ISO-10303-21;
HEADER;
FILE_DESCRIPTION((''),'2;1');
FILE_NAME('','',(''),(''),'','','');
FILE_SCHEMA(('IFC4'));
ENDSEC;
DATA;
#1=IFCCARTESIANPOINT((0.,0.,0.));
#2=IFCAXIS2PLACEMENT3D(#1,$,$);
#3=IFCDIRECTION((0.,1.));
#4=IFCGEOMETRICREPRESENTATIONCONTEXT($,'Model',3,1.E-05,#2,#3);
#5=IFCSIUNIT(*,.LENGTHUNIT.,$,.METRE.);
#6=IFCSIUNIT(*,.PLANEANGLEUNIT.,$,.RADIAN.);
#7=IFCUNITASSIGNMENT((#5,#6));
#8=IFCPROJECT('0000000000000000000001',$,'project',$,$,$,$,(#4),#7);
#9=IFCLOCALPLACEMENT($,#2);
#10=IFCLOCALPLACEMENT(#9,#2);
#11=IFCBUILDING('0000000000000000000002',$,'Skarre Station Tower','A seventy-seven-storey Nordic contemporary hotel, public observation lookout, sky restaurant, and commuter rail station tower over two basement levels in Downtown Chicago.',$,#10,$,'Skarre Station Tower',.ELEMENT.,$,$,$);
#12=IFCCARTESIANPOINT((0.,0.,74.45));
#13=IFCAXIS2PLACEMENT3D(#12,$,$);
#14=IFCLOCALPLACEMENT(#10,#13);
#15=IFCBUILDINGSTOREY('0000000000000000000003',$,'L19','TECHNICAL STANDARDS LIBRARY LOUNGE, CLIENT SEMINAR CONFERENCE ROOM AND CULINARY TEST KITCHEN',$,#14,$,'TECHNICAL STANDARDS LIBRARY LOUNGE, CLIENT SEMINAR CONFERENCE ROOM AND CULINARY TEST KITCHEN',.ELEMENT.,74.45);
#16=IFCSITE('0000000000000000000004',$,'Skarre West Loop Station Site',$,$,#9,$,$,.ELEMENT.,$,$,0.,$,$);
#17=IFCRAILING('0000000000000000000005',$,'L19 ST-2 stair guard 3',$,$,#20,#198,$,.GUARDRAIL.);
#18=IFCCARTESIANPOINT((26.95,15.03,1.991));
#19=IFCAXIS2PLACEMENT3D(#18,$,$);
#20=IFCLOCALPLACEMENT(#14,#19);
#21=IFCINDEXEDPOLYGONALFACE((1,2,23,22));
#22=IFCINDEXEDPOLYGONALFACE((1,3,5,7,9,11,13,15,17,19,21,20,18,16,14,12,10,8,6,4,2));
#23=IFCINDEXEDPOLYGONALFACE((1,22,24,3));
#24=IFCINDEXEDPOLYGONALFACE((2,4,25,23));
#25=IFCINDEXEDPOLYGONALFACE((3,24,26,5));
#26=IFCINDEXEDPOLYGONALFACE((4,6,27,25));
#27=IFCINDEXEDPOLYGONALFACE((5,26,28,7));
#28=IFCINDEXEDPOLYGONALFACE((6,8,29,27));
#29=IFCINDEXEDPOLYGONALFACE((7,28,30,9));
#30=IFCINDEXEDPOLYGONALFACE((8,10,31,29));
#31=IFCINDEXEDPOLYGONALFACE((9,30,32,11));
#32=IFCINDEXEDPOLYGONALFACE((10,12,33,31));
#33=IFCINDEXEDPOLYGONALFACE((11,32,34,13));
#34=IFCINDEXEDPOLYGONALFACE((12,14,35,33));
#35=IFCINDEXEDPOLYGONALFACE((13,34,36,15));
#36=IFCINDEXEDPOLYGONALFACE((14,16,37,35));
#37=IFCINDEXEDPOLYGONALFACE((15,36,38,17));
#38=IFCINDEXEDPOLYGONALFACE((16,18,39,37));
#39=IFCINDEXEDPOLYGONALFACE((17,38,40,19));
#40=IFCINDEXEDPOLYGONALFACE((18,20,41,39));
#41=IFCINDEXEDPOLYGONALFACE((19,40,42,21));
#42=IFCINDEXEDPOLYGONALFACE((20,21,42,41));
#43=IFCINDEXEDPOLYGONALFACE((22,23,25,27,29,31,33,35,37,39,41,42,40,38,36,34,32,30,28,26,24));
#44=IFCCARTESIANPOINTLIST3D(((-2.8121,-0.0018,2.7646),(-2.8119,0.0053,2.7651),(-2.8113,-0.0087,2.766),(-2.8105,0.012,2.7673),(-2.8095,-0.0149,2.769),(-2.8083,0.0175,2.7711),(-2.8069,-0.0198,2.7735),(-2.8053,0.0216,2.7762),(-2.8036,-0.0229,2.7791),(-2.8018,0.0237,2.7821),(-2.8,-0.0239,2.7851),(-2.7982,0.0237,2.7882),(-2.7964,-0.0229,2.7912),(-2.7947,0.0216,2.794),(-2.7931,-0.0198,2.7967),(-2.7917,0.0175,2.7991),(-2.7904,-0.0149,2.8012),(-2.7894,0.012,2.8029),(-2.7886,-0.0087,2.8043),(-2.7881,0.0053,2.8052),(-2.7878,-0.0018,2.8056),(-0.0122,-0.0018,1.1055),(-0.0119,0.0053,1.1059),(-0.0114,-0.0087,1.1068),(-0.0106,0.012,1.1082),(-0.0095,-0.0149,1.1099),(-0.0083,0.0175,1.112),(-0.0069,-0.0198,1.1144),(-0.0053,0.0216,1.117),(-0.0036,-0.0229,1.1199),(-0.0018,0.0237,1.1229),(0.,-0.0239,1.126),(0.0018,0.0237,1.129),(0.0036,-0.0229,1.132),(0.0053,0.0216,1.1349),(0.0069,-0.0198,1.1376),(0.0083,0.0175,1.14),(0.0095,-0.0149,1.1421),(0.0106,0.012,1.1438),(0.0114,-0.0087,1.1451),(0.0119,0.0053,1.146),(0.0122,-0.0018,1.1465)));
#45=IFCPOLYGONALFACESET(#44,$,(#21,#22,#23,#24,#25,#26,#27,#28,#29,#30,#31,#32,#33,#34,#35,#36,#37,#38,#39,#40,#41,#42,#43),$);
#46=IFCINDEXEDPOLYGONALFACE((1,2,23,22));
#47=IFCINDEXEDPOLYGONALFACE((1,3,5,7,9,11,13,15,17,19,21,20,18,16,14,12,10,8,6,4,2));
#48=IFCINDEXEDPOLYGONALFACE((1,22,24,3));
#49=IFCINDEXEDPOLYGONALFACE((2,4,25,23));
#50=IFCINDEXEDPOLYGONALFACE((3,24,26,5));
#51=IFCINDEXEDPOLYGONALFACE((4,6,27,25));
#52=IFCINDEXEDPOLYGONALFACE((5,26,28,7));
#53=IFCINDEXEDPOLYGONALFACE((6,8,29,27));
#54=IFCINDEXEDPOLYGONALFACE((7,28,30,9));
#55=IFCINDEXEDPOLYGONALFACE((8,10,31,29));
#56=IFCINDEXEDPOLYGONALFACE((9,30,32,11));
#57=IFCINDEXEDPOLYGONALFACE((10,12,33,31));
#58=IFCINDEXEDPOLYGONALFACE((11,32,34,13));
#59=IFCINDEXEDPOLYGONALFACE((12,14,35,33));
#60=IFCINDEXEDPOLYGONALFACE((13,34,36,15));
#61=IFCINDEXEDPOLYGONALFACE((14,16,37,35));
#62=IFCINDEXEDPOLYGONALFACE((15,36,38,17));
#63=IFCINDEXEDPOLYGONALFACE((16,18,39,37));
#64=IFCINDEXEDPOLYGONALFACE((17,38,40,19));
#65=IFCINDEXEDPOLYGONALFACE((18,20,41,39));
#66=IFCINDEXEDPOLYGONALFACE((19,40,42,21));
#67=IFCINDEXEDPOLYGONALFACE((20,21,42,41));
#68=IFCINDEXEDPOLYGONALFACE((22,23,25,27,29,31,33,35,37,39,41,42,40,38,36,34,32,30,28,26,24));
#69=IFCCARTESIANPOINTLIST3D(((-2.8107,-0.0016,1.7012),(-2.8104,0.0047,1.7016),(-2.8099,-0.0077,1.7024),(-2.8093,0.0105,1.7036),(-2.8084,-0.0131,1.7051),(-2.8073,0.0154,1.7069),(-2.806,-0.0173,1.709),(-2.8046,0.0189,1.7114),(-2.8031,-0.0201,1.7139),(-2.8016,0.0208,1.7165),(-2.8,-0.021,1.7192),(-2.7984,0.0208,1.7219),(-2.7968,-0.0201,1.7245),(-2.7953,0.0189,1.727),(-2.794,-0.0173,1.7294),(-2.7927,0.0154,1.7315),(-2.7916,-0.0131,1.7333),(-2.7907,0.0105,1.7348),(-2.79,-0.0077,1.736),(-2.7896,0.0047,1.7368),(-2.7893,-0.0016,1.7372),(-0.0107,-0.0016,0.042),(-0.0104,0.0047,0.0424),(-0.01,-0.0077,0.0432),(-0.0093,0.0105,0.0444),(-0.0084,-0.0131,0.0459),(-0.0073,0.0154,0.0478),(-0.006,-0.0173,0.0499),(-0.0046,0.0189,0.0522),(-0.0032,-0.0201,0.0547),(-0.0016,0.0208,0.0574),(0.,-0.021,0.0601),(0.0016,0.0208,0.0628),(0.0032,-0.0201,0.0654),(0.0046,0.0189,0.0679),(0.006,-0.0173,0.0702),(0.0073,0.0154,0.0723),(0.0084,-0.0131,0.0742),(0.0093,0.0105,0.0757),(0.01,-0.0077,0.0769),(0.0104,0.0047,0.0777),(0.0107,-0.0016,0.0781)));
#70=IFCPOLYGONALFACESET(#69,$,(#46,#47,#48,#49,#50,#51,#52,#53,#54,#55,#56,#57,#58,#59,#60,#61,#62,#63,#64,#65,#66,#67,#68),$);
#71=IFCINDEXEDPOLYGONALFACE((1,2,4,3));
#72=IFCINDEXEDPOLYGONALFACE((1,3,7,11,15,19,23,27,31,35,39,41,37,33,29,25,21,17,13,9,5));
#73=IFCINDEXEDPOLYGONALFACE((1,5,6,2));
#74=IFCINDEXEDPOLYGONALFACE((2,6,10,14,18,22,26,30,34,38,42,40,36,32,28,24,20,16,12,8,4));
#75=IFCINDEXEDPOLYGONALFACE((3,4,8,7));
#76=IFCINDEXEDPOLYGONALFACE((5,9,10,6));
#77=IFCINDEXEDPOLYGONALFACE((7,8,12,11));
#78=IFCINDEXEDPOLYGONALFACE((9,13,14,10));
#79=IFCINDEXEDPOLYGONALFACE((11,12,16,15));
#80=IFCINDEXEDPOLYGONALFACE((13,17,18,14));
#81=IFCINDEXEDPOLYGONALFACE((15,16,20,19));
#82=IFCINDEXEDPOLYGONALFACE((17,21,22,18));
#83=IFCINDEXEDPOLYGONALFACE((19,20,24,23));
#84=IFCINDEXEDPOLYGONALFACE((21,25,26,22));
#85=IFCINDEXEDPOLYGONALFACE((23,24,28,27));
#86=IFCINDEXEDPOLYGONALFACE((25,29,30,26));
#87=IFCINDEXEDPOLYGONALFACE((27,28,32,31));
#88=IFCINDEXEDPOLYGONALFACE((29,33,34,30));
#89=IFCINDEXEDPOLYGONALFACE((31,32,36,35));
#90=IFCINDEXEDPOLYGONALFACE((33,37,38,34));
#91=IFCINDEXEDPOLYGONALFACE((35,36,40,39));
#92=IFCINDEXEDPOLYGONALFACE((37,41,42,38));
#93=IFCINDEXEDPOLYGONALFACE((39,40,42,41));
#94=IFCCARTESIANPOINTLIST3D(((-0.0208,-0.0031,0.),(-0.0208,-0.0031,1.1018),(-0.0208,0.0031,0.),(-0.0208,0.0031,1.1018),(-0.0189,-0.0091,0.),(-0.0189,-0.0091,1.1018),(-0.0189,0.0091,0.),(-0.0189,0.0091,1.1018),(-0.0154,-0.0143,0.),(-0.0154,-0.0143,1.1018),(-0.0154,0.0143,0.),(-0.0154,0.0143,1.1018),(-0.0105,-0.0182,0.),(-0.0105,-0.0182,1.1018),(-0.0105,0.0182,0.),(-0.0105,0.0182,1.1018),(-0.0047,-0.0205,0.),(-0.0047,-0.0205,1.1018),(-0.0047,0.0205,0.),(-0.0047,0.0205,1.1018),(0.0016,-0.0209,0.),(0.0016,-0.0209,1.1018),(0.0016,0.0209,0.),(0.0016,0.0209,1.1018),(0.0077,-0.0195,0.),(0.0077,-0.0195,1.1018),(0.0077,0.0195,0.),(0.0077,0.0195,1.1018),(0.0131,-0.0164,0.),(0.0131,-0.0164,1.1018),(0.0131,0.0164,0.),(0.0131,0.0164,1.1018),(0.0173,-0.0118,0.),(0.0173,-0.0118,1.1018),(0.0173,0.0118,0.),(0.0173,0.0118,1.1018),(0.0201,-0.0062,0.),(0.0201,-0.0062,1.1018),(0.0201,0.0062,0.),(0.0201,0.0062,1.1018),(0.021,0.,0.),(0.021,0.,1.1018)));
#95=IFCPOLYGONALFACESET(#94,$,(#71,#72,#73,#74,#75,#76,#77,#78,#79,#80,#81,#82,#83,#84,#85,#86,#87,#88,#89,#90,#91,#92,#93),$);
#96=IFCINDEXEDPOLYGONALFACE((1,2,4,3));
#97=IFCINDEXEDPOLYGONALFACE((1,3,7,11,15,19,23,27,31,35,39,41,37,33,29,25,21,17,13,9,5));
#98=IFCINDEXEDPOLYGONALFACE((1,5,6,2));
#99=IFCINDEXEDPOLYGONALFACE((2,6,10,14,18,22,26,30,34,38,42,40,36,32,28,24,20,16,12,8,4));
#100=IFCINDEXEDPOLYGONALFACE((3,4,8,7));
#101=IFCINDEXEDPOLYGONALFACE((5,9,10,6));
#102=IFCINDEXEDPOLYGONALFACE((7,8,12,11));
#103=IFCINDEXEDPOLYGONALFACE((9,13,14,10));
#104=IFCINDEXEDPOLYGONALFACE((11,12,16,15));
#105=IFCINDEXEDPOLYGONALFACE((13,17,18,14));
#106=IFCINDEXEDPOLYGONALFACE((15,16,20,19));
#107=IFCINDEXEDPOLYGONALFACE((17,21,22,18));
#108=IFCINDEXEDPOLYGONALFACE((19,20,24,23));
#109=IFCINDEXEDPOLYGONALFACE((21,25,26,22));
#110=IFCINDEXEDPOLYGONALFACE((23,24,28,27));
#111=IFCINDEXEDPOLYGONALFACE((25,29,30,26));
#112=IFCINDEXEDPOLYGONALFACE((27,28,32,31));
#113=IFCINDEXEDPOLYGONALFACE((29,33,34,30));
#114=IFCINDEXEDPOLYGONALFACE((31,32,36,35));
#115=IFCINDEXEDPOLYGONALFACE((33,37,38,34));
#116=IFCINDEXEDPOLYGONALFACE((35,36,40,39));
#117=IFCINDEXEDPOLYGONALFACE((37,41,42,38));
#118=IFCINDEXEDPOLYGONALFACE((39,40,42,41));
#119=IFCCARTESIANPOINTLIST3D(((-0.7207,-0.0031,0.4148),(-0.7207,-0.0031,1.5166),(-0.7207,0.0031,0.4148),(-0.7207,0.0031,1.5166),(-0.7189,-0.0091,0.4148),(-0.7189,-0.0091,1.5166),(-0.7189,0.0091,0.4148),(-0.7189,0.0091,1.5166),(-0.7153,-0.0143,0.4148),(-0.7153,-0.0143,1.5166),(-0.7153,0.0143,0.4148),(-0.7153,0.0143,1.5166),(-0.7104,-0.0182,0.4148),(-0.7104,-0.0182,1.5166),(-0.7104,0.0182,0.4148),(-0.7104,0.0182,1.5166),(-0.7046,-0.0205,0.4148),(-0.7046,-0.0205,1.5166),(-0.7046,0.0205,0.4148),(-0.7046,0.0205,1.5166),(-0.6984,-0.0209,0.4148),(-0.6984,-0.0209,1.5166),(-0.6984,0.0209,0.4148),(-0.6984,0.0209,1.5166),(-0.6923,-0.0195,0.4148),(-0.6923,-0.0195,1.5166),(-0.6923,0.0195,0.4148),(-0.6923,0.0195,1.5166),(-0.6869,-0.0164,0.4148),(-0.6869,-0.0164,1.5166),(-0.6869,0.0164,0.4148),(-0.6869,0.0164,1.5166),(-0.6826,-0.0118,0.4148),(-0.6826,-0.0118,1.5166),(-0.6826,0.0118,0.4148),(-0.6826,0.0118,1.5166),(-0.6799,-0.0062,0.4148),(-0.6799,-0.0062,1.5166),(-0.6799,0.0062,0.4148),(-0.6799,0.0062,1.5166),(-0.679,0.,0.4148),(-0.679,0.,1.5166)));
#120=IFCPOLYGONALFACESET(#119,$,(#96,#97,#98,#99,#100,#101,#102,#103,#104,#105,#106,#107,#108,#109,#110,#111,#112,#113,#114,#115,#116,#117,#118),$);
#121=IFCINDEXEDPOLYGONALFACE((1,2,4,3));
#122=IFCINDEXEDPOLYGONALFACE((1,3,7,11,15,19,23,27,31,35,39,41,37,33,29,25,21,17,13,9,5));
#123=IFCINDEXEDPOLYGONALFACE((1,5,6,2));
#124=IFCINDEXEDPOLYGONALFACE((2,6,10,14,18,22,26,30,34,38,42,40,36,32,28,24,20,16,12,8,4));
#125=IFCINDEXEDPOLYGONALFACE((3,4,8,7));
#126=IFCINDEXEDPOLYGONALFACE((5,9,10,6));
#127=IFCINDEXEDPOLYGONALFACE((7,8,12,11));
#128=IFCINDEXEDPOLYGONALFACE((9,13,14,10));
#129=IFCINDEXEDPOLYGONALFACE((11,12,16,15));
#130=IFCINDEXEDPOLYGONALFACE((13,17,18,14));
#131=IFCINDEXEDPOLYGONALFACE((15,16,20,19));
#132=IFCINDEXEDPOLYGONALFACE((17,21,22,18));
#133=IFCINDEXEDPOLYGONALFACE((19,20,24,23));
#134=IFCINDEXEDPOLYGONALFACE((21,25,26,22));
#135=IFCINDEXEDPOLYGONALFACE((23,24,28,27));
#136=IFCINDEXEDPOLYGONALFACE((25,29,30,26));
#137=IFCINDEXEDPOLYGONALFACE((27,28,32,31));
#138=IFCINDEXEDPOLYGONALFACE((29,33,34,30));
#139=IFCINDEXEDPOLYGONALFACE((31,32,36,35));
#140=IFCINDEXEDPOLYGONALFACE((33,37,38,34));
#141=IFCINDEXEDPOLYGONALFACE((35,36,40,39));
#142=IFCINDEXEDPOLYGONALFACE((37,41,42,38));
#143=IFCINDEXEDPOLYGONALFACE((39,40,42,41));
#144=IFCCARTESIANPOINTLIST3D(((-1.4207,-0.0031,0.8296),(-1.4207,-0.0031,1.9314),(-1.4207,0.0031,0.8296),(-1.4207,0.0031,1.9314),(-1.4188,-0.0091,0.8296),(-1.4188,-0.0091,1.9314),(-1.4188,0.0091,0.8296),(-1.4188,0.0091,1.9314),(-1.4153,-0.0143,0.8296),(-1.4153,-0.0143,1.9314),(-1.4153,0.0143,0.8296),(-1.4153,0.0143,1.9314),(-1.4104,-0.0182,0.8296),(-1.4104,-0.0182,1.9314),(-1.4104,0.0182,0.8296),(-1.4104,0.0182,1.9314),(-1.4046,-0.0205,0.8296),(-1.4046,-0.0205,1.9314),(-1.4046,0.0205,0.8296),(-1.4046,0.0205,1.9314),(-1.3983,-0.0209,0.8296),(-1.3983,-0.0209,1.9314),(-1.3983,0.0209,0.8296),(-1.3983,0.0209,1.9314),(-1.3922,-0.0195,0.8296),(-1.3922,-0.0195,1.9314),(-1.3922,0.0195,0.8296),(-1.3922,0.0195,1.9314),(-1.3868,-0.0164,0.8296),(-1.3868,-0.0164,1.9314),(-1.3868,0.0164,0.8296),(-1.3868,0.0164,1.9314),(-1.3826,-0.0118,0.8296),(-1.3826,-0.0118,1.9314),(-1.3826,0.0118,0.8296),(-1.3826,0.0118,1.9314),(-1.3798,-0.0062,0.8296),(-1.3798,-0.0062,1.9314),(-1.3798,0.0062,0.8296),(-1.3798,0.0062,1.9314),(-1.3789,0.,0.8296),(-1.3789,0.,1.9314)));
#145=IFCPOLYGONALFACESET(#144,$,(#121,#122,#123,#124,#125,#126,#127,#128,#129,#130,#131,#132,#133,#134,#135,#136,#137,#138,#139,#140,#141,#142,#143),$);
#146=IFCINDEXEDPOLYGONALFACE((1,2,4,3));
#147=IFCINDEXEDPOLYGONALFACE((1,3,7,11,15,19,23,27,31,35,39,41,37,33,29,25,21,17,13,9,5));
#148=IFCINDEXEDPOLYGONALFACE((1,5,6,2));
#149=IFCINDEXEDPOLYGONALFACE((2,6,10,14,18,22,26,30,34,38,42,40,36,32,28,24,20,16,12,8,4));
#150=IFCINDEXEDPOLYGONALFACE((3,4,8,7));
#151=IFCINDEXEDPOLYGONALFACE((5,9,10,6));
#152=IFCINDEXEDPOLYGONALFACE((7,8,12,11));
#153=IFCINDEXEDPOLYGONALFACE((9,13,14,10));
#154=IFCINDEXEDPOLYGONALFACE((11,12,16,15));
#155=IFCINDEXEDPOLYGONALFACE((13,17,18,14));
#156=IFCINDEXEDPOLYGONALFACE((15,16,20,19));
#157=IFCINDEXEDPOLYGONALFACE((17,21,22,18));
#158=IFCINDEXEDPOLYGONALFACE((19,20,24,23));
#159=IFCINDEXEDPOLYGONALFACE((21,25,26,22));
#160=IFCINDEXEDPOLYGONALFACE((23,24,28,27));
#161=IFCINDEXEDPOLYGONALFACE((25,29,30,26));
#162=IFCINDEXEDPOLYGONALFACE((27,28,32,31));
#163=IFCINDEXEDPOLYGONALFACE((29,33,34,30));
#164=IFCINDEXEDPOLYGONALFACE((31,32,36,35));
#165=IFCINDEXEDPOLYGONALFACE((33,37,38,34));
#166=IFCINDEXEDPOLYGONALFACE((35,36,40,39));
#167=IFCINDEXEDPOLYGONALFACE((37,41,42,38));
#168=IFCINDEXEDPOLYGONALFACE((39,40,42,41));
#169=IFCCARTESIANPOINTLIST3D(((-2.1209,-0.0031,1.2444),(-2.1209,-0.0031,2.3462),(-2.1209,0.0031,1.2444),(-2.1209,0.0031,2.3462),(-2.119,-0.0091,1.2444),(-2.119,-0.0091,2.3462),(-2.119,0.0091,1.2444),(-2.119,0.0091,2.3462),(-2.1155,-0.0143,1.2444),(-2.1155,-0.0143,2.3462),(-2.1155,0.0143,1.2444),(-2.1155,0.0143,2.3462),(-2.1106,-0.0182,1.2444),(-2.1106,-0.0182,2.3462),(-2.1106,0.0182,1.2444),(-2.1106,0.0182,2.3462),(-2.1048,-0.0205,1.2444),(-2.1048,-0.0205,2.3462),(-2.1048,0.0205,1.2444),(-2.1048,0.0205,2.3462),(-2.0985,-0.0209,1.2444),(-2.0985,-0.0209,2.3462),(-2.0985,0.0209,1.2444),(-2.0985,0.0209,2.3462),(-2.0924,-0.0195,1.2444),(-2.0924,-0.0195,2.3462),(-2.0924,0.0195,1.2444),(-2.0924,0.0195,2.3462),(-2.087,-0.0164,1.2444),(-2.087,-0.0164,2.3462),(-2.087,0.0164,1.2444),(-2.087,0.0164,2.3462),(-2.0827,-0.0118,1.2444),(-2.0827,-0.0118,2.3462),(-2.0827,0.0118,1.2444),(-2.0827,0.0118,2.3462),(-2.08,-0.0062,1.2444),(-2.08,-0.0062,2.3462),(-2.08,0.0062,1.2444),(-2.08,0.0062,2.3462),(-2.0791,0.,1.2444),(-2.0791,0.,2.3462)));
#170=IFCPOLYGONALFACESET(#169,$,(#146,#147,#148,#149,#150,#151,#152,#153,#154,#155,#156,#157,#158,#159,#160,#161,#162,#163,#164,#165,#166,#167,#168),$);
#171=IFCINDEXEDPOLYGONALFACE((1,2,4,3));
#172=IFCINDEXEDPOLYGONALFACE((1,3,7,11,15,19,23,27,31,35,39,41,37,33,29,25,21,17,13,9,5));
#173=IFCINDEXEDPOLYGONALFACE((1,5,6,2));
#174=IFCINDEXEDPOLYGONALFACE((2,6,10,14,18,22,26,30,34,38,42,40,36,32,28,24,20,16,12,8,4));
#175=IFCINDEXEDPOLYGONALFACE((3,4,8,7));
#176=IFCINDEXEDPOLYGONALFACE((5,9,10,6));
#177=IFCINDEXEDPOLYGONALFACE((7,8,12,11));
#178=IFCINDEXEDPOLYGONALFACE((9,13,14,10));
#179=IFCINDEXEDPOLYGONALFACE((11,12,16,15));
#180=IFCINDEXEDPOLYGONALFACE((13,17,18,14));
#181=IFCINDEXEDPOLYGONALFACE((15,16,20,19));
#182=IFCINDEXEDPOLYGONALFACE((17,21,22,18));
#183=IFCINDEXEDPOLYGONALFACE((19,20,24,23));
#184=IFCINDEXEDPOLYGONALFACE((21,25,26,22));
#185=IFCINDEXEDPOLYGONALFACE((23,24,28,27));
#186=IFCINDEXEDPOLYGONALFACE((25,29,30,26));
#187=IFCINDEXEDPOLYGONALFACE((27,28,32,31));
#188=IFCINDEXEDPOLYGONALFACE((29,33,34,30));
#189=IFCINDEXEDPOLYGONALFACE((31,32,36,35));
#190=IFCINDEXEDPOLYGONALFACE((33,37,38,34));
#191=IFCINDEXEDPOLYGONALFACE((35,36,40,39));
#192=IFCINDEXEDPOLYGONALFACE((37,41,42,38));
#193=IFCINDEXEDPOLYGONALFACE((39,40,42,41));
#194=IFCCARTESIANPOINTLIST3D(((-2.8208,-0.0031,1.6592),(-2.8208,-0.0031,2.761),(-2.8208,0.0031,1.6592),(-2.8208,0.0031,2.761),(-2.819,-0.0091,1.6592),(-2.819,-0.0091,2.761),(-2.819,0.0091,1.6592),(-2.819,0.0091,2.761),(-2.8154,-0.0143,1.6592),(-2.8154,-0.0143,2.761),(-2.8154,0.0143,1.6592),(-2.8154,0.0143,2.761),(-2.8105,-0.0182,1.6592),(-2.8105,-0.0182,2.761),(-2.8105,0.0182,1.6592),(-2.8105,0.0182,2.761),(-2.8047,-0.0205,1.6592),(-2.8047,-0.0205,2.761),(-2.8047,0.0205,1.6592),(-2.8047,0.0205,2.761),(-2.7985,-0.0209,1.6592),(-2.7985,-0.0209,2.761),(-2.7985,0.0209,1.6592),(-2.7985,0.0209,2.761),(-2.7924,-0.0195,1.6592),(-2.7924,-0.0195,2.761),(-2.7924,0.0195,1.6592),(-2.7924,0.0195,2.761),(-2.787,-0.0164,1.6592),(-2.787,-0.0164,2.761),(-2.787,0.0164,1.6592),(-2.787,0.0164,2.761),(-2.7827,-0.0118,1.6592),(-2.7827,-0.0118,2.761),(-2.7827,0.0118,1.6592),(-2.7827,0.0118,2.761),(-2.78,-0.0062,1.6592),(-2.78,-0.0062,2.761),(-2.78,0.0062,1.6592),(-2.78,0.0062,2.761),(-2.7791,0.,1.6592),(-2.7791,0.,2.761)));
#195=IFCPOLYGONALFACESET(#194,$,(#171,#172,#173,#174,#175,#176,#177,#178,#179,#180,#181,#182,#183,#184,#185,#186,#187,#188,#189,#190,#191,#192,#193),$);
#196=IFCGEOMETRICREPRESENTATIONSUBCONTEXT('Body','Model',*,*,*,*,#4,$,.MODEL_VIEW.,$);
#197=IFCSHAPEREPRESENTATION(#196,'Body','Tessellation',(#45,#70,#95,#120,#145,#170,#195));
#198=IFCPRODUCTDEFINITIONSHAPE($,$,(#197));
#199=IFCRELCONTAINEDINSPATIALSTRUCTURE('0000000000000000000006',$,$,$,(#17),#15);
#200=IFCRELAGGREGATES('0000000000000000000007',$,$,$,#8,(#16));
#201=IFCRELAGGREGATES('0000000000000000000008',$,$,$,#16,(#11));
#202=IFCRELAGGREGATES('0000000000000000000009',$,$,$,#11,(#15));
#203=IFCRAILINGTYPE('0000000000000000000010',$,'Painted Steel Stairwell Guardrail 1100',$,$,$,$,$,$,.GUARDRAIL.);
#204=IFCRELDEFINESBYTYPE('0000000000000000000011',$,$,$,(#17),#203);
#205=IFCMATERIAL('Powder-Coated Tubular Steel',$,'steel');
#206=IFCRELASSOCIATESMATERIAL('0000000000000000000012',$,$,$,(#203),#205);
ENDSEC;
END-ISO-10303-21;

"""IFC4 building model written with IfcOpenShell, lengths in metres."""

from ifc_helpers import new_model, si_unit, direction, frame, origin, origin_2d, place, context, subcontext, project, spatial, circle, extrude, material, type_object, element, save


model = new_model("IFC4")

# Units and contexts
model_context = context("Model", 3, precision=1e-05, world=origin(), true_north=direction((0.0, 1.0)))
body_context = subcontext(model_context, "Body", "Model", "MODEL_VIEW")
ifc_project = project(units=[si_unit("LENGTHUNIT", "METRE"), si_unit("PLANEANGLEUNIT", "RADIAN")], contexts=[model_context])

# Site, building, storey
site_placement = place(None, origin())
site = spatial("IfcSite", under=ifc_project, at=site_placement, Name="Skarre West Loop Station Site", CompositionType="ELEMENT", RefElevation=0.0)
building_placement = place(site_placement, origin())
building = spatial("IfcBuilding", under=site, at=building_placement, Name="Skarre Station Tower", Description="A seventy-seven-storey Nordic contemporary hotel, public observation lookout, sky restaurant, and commuter rail station tower over two basement levels in Downtown Chicago.", LongName="Skarre Station Tower", CompositionType="ELEMENT")
storey_placement = place(building_placement, frame((0.0, 0.0, 74.45)))
storey = spatial("IfcBuildingStorey", under=building, at=storey_placement, Name="L19", Description="TECHNICAL STANDARDS LIBRARY LOUNGE, CLIENT SEMINAR CONFERENCE ROOM AND CULINARY TEST KITCHEN", LongName="TECHNICAL STANDARDS LIBRARY LOUNGE, CLIENT SEMINAR CONFERENCE ROOM AND CULINARY TEST KITCHEN", CompositionType="ELEMENT", Elevation=74.45)

# Railing
ifc_material_1 = material(Name="Powder-Coated Tubular Steel", Category="steel")
railing_type_1 = type_object("IfcRailingType", Name="Painted Steel Stairwell Guardrail 1100", PredefinedType="GUARDRAIL", material=ifc_material_1)
railing_1_placement = place(storey_placement, frame((26.95, 15.03, 1.991)))
element("IfcRailing", 1, at=railing_1_placement, inside=storey, type_object=railing_type_1, Name="L19 ST-2 stair guard 3", PredefinedType="GUARDRAIL", context=body_context, shape_type="SweptSolid", body=[
    extrude(circle(Radius=0.0239, at=origin_2d()), frame((0.0, 0.0, 1.126), z_axis=(-0.860306, 0.0, 0.509778), x_axis=(0.0, -1.0, 0.0)), (0.0, 0.0, 1.0), 3.2546),
    extrude(circle(Radius=0.021, at=origin_2d()), frame((0.0, 0.0, 0.0601), z_axis=(-0.860306, 0.0, 0.509778), x_axis=(0.0, -1.0, 0.0)), (0.0, 0.0, 1.0), 3.2546),
    extrude(circle(Radius=0.021, at=origin_2d()), origin(), (0.0, 0.0, 1.0), 1.1018),
    extrude(circle(Radius=0.021, at=origin_2d()), frame((-0.7, 0.0, 0.4148)), (0.0, 0.0, 1.0), 1.1018),
    extrude(circle(Radius=0.021, at=origin_2d()), frame((-1.3999, 0.0, 0.8296)), (0.0, 0.0, 1.0), 1.1018),
    extrude(circle(Radius=0.021, at=origin_2d()), frame((-2.1001, 0.0, 1.2444)), (0.0, 0.0, 1.0), 1.1018),
    extrude(circle(Radius=0.021, at=origin_2d()), frame((-2.8, 0.0, 1.6592)), (0.0, 0.0, 1.0), 1.1018),
])

save(model, "model.ifc")
